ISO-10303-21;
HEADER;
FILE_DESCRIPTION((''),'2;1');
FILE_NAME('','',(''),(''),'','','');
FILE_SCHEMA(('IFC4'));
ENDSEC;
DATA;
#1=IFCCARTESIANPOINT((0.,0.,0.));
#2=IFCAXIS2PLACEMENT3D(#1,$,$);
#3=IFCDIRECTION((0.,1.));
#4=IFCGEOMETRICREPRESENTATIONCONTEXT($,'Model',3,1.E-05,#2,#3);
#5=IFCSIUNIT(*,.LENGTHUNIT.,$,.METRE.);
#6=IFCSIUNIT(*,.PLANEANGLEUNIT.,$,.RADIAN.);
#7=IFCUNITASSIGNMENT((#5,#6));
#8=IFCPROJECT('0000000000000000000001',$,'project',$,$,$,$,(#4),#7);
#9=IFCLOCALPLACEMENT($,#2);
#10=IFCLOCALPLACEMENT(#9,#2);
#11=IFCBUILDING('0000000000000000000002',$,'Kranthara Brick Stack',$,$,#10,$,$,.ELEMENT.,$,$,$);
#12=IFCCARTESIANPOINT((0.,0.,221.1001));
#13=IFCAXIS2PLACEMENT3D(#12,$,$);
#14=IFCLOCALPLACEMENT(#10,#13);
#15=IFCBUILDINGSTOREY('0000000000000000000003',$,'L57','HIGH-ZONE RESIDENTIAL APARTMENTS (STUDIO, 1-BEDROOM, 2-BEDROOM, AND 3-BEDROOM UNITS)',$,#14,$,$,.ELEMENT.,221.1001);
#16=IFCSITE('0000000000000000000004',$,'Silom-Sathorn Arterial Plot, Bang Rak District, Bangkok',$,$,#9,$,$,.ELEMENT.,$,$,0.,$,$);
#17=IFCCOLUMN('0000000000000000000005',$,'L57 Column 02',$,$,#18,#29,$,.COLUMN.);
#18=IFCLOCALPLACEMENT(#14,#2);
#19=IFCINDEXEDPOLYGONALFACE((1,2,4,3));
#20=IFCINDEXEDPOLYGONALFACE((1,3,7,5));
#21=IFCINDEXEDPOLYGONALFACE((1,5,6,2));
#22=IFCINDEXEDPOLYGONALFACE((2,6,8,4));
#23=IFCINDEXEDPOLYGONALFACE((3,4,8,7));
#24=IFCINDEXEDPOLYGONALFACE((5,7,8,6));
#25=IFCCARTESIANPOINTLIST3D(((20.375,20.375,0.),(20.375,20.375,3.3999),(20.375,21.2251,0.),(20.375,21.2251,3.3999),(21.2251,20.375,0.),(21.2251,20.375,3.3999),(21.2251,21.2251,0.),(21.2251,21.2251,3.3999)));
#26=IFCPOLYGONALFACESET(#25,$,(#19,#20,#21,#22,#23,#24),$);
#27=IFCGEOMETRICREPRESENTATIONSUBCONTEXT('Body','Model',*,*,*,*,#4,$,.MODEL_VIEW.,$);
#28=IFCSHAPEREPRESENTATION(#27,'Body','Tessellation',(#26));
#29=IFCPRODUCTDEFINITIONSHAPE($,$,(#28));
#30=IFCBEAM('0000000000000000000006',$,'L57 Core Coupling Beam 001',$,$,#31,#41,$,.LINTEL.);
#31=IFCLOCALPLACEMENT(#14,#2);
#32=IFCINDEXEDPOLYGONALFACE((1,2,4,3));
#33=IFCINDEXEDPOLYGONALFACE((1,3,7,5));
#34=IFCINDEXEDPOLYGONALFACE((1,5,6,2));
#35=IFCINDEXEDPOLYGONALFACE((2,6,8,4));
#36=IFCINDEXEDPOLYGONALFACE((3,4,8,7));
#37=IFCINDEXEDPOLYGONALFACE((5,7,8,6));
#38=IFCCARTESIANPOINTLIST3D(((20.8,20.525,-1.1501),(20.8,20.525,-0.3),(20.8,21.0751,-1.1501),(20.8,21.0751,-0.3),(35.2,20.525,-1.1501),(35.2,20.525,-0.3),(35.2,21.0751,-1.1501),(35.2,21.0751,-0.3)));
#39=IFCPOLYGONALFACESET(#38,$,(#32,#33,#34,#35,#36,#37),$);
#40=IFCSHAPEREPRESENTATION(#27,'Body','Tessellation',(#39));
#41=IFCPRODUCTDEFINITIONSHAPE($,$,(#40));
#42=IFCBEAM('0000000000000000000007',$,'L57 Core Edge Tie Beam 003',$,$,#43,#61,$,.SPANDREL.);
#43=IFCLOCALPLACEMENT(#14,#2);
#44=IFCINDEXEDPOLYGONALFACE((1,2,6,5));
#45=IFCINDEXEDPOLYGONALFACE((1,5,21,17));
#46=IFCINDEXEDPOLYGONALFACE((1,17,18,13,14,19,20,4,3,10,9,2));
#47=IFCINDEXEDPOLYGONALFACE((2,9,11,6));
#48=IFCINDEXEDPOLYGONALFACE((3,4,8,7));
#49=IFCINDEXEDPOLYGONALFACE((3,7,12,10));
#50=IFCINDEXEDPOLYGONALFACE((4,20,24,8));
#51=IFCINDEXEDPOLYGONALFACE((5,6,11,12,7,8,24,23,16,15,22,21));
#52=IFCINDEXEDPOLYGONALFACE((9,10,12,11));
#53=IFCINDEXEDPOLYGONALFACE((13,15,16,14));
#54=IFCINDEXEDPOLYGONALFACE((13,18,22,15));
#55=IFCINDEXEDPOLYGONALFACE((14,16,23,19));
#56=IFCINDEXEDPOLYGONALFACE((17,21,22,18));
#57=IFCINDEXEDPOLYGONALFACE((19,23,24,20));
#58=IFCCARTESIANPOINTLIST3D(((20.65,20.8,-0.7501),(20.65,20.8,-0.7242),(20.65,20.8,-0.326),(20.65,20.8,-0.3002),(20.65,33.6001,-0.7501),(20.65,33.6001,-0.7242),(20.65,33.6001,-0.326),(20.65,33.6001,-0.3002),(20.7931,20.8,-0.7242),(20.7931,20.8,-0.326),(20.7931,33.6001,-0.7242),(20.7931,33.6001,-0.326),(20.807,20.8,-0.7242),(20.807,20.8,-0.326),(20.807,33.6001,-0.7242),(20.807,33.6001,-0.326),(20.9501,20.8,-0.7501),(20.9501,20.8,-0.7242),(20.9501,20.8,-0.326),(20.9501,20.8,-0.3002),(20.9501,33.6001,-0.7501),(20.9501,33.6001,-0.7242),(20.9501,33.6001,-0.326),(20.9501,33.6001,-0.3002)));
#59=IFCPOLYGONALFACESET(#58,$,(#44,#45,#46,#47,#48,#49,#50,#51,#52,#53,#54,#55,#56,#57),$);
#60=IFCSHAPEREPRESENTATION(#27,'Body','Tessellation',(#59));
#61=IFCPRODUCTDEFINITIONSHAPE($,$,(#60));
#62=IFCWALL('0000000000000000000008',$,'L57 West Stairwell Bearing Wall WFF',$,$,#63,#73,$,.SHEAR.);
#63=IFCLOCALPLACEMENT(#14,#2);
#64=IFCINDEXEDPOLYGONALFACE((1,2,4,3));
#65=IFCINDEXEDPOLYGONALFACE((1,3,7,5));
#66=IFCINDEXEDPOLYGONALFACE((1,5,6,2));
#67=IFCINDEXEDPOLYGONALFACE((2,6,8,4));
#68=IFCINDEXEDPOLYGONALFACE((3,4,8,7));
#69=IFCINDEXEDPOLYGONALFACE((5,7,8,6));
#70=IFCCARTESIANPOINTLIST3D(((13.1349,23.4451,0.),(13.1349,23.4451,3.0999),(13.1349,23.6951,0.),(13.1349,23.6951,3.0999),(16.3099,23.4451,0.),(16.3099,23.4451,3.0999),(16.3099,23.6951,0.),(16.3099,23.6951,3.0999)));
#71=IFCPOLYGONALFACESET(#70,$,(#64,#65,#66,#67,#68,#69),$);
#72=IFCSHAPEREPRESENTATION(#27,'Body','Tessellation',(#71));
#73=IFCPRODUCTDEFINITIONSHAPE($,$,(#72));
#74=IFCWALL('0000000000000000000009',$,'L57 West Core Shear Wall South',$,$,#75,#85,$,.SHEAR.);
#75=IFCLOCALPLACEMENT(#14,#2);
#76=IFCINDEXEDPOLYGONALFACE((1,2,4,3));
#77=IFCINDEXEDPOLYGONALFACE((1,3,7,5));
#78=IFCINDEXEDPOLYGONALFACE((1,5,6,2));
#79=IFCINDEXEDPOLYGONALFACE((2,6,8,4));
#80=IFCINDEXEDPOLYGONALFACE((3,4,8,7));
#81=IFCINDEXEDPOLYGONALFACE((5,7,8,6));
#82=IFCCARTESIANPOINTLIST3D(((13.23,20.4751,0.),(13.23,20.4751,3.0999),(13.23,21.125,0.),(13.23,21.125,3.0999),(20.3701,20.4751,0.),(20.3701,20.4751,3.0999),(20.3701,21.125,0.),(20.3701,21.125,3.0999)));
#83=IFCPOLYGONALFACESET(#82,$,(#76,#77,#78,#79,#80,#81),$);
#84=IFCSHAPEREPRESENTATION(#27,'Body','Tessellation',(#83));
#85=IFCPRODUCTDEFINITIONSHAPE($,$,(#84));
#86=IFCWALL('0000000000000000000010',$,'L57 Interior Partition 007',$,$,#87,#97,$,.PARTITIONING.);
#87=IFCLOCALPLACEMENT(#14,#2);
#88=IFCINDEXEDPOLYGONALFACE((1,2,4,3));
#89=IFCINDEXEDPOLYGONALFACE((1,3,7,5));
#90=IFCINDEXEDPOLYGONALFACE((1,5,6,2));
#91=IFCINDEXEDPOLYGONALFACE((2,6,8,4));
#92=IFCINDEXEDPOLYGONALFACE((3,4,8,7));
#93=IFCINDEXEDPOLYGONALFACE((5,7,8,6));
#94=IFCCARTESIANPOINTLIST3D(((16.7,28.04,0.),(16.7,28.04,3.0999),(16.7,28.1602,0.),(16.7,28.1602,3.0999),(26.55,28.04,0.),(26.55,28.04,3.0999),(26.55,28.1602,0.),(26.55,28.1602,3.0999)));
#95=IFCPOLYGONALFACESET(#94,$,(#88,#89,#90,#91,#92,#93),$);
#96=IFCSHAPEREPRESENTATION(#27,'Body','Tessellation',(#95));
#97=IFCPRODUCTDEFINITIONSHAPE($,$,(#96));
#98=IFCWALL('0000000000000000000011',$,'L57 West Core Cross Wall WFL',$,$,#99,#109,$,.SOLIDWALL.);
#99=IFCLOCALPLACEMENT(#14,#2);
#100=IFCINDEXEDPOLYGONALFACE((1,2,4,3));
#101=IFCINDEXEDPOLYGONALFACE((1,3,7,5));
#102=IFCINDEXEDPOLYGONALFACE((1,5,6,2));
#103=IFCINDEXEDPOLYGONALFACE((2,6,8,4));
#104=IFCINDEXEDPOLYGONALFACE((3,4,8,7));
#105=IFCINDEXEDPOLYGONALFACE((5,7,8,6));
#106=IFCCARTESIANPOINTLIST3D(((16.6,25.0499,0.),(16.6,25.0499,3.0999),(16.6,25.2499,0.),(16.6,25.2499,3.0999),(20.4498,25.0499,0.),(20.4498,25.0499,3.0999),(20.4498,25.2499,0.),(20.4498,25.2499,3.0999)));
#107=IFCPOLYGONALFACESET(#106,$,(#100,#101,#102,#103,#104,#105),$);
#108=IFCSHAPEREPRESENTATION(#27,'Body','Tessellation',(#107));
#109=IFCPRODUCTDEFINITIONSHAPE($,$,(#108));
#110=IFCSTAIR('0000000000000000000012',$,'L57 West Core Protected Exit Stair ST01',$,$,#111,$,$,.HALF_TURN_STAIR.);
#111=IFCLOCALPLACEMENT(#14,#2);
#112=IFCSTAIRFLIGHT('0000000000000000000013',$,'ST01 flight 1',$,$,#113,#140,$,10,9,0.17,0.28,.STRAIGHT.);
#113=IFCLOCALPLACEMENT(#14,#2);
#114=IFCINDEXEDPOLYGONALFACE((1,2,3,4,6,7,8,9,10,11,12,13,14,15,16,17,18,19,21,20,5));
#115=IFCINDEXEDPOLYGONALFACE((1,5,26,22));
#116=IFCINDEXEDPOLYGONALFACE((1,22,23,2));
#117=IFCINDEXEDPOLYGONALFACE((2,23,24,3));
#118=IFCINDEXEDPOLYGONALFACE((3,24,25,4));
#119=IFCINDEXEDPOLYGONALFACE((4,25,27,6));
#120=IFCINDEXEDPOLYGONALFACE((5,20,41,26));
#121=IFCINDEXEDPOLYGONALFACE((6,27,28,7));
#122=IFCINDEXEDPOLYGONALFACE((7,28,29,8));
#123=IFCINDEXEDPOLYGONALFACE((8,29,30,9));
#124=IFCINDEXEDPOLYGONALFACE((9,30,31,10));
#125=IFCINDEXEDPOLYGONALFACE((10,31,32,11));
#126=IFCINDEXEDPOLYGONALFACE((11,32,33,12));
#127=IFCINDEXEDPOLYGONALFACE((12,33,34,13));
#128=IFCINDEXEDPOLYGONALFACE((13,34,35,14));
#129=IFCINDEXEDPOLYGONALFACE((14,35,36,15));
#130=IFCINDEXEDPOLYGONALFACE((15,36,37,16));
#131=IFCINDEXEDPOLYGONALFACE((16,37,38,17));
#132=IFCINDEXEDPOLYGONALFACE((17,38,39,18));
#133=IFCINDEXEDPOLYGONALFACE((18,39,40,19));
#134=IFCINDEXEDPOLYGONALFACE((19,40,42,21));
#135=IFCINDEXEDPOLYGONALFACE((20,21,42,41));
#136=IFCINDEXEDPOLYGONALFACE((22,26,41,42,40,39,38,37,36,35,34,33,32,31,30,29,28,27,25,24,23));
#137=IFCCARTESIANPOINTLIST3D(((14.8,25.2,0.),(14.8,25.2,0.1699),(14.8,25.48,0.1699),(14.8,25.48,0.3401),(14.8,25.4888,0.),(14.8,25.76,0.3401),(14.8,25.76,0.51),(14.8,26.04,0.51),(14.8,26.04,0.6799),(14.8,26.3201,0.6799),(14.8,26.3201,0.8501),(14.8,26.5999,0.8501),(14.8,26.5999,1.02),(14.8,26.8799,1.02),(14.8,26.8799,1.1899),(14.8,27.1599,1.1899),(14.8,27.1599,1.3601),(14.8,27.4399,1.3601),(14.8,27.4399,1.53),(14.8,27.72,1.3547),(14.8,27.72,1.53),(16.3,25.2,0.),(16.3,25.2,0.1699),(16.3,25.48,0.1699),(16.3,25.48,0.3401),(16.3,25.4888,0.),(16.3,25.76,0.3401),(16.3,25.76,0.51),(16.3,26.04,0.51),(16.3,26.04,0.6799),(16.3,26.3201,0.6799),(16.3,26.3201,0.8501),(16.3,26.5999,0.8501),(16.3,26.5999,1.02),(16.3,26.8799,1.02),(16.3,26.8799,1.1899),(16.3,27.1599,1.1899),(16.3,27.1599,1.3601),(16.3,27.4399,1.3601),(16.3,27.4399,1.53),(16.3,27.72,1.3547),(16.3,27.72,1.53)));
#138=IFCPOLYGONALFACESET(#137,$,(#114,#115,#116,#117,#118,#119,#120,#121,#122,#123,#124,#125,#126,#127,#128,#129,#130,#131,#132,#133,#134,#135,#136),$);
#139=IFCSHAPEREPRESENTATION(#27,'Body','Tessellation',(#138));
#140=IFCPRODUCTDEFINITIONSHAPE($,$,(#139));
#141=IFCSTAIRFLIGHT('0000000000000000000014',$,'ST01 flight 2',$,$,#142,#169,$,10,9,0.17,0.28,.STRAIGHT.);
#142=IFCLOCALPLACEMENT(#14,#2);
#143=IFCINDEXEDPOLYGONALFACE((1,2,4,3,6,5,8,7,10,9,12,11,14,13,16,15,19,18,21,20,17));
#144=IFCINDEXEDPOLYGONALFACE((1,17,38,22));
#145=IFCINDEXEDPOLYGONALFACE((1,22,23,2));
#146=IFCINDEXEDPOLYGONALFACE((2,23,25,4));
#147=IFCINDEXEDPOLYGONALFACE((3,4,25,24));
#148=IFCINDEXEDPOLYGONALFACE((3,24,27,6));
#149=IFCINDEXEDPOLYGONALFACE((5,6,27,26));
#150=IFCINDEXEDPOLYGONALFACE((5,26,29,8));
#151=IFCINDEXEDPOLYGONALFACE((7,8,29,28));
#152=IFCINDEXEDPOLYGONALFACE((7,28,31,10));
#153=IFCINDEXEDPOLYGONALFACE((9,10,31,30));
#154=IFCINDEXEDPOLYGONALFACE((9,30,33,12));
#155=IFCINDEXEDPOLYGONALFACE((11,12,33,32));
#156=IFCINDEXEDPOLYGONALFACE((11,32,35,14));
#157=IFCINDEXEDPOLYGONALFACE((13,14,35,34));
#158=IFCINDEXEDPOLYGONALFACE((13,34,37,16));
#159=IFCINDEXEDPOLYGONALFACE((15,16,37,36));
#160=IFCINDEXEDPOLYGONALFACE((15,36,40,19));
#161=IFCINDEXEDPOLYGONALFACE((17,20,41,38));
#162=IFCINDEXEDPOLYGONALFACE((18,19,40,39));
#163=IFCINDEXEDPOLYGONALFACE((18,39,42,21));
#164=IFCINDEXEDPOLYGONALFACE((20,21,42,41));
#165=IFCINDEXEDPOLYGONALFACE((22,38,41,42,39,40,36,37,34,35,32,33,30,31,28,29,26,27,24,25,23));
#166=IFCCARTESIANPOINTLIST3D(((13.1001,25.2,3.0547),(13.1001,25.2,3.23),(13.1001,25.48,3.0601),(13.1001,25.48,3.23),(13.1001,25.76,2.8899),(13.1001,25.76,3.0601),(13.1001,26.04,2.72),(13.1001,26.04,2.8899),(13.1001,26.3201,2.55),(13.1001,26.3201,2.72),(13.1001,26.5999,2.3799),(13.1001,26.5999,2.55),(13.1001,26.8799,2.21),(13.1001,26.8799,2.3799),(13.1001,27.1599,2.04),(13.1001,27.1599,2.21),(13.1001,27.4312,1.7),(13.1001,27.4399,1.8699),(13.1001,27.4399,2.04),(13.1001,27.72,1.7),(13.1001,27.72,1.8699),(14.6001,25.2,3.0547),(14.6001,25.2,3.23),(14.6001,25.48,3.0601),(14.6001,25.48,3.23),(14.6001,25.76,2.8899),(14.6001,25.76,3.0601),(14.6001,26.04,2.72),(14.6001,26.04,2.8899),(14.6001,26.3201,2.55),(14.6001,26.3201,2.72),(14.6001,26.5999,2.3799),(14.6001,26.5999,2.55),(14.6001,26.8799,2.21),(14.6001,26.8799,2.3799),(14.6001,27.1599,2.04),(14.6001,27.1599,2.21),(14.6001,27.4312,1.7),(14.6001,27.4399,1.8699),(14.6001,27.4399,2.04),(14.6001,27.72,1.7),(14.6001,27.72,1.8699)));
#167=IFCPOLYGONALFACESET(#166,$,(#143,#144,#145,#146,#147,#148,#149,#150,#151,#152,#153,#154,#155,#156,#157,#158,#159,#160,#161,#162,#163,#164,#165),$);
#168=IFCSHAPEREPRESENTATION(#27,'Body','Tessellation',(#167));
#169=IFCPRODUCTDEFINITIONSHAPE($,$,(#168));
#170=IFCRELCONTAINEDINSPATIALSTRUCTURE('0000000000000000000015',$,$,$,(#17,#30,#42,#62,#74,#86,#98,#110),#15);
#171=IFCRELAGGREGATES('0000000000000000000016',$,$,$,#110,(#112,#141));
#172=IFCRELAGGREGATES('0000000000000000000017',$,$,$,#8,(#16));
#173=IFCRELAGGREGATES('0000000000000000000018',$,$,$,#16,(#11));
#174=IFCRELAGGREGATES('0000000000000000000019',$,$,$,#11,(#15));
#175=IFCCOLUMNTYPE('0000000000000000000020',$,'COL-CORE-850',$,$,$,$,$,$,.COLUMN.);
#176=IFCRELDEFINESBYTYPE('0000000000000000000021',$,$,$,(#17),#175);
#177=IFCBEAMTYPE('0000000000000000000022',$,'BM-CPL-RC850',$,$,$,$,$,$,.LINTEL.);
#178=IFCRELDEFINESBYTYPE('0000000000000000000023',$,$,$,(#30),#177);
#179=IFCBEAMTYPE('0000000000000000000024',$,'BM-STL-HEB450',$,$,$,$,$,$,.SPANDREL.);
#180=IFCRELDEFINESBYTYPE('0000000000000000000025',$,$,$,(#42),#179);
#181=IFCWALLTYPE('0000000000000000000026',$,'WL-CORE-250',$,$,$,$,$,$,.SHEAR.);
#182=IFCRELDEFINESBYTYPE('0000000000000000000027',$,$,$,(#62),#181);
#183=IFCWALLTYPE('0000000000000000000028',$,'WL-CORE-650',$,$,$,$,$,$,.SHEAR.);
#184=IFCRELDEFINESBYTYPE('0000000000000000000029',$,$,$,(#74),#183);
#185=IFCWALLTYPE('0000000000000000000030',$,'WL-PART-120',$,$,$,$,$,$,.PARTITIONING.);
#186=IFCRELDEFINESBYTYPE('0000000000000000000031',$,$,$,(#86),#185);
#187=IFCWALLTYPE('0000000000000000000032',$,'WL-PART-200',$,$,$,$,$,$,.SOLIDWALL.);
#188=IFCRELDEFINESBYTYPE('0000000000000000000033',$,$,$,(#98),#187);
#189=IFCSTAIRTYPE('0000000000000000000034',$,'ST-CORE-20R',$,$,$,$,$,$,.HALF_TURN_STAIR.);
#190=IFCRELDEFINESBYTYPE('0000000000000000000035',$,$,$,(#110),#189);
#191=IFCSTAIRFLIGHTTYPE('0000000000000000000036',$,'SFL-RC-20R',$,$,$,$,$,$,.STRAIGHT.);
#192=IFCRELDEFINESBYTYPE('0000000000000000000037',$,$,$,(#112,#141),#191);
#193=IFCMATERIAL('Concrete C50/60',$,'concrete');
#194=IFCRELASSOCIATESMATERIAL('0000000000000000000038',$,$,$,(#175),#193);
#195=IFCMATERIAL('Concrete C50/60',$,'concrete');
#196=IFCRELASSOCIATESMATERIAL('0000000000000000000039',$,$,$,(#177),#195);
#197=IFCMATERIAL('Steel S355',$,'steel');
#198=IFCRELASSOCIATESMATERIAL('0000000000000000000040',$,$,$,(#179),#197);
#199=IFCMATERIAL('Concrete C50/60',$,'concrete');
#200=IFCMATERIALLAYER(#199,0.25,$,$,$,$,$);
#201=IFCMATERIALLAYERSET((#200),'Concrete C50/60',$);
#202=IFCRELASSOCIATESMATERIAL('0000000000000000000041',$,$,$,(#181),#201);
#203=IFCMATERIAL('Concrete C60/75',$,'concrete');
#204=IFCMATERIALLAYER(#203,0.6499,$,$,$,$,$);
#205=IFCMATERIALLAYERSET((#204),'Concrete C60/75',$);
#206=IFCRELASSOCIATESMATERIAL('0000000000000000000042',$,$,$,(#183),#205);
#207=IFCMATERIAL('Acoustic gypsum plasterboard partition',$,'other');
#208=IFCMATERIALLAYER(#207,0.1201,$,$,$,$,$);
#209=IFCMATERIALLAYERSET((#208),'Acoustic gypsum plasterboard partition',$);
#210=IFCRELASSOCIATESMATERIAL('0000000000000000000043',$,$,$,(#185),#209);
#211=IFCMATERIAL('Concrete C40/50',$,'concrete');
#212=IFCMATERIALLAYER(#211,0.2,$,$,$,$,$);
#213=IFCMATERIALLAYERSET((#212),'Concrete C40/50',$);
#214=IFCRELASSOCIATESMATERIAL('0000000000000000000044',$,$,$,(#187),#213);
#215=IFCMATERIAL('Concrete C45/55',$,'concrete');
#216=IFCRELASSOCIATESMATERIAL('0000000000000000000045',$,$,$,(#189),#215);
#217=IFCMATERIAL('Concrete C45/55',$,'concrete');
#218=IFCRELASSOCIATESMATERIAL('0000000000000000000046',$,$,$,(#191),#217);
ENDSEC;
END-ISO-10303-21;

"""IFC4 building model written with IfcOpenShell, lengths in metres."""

from ifc_helpers import new_model, si_unit, direction, frame, frame_2d, origin, origin_2d, place, context, subcontext, project, spatial, polyline, rectangle, i_section, outline, extrude, material, layer, layer_set, material_profile, profile_set, type_object, element, aggregate, save


model = new_model("IFC4")

# Units and contexts
model_context = context("Model", 3, precision=1e-05, world=origin(), true_north=direction((0.0, 1.0)))
body_context = subcontext(model_context, "Body", "Model", "MODEL_VIEW")
ifc_project = project(units=[si_unit("LENGTHUNIT", "METRE"), si_unit("PLANEANGLEUNIT", "RADIAN")], contexts=[model_context])

# Site, building, storey
site_placement = place(None, origin())
site = spatial("IfcSite", under=ifc_project, at=site_placement, Name="Silom-Sathorn Arterial Plot, Bang Rak District, Bangkok", CompositionType="ELEMENT", RefElevation=0.0)
building_placement = place(site_placement, origin())
building = spatial("IfcBuilding", under=site, at=building_placement, Name="Kranthara Brick Stack", CompositionType="ELEMENT")
storey_placement = place(building_placement, frame((0.0, 0.0, 221.1001)))
storey = spatial("IfcBuildingStorey", under=building, at=storey_placement, Name="L57", Description="HIGH-ZONE RESIDENTIAL APARTMENTS (STUDIO, 1-BEDROOM, 2-BEDROOM, AND 3-BEDROOM UNITS)", CompositionType="ELEMENT", Elevation=221.1001)

# Column
ifc_material_1 = material(Name="Concrete C50/60", Category="concrete")
ifc_material_profile_1 = material_profile(ifc_material_1, rectangle(XDim=0.8501, YDim=0.8501, at=origin_2d()), Name="RC 850x850")
ifc_profile_set_1 = profile_set([ifc_material_profile_1], Name="Concrete C50/60")
column_type = type_object("IfcColumnType", Name="COL-CORE-850", PredefinedType="COLUMN", material=ifc_profile_set_1)
column_placement = place(storey_placement, frame((20.8, 20.8, 0.0), z_axis=(0.0, 0.0, 1.0), x_axis=(1.0, 0.0, 0.0)))
element("IfcColumn", 1, at=column_placement, inside=storey, type_object=column_type, Name="L57 Column 02", PredefinedType="COLUMN", context=body_context, shape_type="SweptSolid", body=[
    extrude(rectangle(XDim=0.8501, YDim=0.8501, at=origin_2d()), origin(), (0.0, 0.0, 1.0), 3.3999),
])

# Beams
ifc_material_2 = material(Name="Concrete C50/60", Category="concrete")
ifc_material_profile_2 = material_profile(ifc_material_2, rectangle(XDim=0.55, YDim=0.8501, at=origin_2d()), Name="RC 550x850")
ifc_profile_set_2 = profile_set([ifc_material_profile_2], Name="Concrete C50/60")
beam_type_1 = type_object("IfcBeamType", Name="BM-CPL-RC850", PredefinedType="LINTEL", material=ifc_profile_set_2)
beam_1_placement = place(storey_placement, frame((20.8, 20.8, -0.7251), z_axis=(1.0, 0.0, 0.0), x_axis=(0.0, 1.0, 0.0)))
element("IfcBeam", 2, at=beam_1_placement, inside=storey, type_object=beam_type_1, Name="L57 Core Coupling Beam 001", PredefinedType="LINTEL", context=body_context, shape_type="SweptSolid", body=[
    extrude(rectangle(XDim=0.55, YDim=0.8501, at=origin_2d()), origin(), (0.0, 0.0, 1.0), 14.3999),
])
ifc_material_3 = material(Name="Steel S355", Category="steel")
ifc_material_profile_3 = material_profile(ifc_material_3, i_section(OverallWidth=0.3, OverallDepth=0.45, WebThickness=0.0139, FlangeThickness=0.0259, at=origin_2d()), Name="HEB 450")
ifc_profile_set_3 = profile_set([ifc_material_profile_3], Name="Steel S355")
beam_type_2 = type_object("IfcBeamType", Name="BM-STL-HEB450", PredefinedType="SPANDREL", material=ifc_profile_set_3)
beam_2_placement = place(storey_placement, frame((20.8, 20.8, -0.5251), z_axis=(0.0, 1.0, 0.0), x_axis=(-1.0, 0.0, 0.0)))
element("IfcBeam", 3, at=beam_2_placement, inside=storey, type_object=beam_type_2, Name="L57 Core Edge Tie Beam 003", PredefinedType="SPANDREL", context=body_context, shape_type="SweptSolid", body=[
    extrude(i_section(OverallWidth=0.3, OverallDepth=0.45, WebThickness=0.0139, FlangeThickness=0.0259, at=origin_2d()), origin(), (0.0, 0.0, 1.0), 12.8),
])

# Shared definitions
ifc_material_4 = material(Name="Concrete C50/60", Category="concrete")
ifc_layer_1 = layer(ifc_material_4, 0.25)
ifc_layer_set_1 = layer_set([ifc_layer_1], Name="Concrete C50/60")
wall_type_1 = type_object("IfcWallType", Name="WL-CORE-250", PredefinedType="SHEAR", material=ifc_layer_set_1)

# Walls
wall_1_placement = place(storey_placement, frame((13.135, 23.5701, 0.0), z_axis=(0.0, 0.0, 1.0), x_axis=(1.0, 0.0, 0.0)))
element("IfcWall", 4, at=wall_1_placement, inside=storey, type_object=wall_type_1, Name="L57 West Stairwell Bearing Wall WFF", PredefinedType="SHEAR", context=body_context, shape_type="SweptSolid", body=[
    extrude(rectangle(XDim=3.175, YDim=0.25, at=frame_2d((1.5874, 0.0))), origin(), (0.0, 0.0, 1.0), 3.0999),
])
ifc_material_5 = material(Name="Concrete C60/75", Category="concrete")
ifc_layer_2 = layer(ifc_material_5, 0.6499)
ifc_layer_set_2 = layer_set([ifc_layer_2], Name="Concrete C60/75")
wall_type_2 = type_object("IfcWallType", Name="WL-CORE-650", PredefinedType="SHEAR", material=ifc_layer_set_2)
wall_2_placement = place(storey_placement, frame((13.23, 20.8, 0.0), z_axis=(0.0, 0.0, 1.0), x_axis=(1.0, 0.0, 0.0)))
element("IfcWall", 5, at=wall_2_placement, inside=storey, type_object=wall_type_2, Name="L57 West Core Shear Wall South", PredefinedType="SHEAR", context=body_context, shape_type="SweptSolid", body=[
    extrude(rectangle(XDim=7.1401, YDim=0.6499, at=frame_2d((3.5701, 0.0))), origin(), (0.0, 0.0, 1.0), 3.0999),
])

# Walls
ifc_material_6 = material(Name="Acoustic gypsum plasterboard partition", Category="other")
ifc_layer_3 = layer(ifc_material_6, 0.1201)
ifc_layer_set_3 = layer_set([ifc_layer_3], Name="Acoustic gypsum plasterboard partition")
wall_type_3 = type_object("IfcWallType", Name="WL-PART-120", PredefinedType="PARTITIONING", material=ifc_layer_set_3)
wall_3_placement = place(storey_placement, frame((16.7, 28.1001, 0.0), z_axis=(0.0, 0.0, 1.0), x_axis=(1.0, 0.0, 0.0)))
element("IfcWall", 6, at=wall_3_placement, inside=storey, type_object=wall_type_3, Name="L57 Interior Partition 007", PredefinedType="PARTITIONING", context=body_context, shape_type="SweptSolid", body=[
    extrude(rectangle(XDim=9.8501, YDim=0.1201, at=frame_2d((4.925, 0.0))), origin(), (0.0, 0.0, 1.0), 3.0999),
])
ifc_material_7 = material(Name="Concrete C40/50", Category="concrete")
ifc_layer_4 = layer(ifc_material_7, 0.2)
ifc_layer_set_4 = layer_set([ifc_layer_4], Name="Concrete C40/50")
wall_type_4 = type_object("IfcWallType", Name="WL-PART-200", PredefinedType="SOLIDWALL", material=ifc_layer_set_4)
wall_4_placement = place(storey_placement, frame((16.6001, 25.1499, 0.0), z_axis=(0.0, 0.0, 1.0), x_axis=(1.0, 0.0, 0.0)))
element("IfcWall", 7, at=wall_4_placement, inside=storey, type_object=wall_type_4, Name="L57 West Core Cross Wall WFL", PredefinedType="SOLIDWALL", context=body_context, shape_type="SweptSolid", body=[
    extrude(rectangle(XDim=3.8499, YDim=0.2, at=frame_2d((1.9248, 0.0))), origin(), (0.0, 0.0, 1.0), 3.0999),
])

# Stair, stair flights
ifc_material_8 = material(Name="Concrete C45/55", Category="concrete")
stair_type = type_object("IfcStairType", Name="ST-CORE-20R", PredefinedType="HALF_TURN_STAIR", material=ifc_material_8)
stair_placement = place(storey_placement, origin())
stair = element("IfcStair", 8, at=stair_placement, inside=storey, type_object=stair_type, Name="L57 West Core Protected Exit Stair ST01", PredefinedType="HALF_TURN_STAIR")
ifc_material_9 = material(Name="Concrete C45/55", Category="concrete")
stair_flight_type = type_object("IfcStairFlightType", Name="SFL-RC-20R", PredefinedType="STRAIGHT", material=ifc_material_9)
stair_flight_1_placement = place(storey_placement, frame((15.55, 25.2, 0.0), z_axis=(0.0, 0.0, 1.0), x_axis=(0.0, 1.0, 0.0)))
stair_flight_1 = element("IfcStairFlight", 9, at=stair_flight_1_placement, type_object=stair_flight_type, Name="ST01 flight 1", NumberOfRisers=10, NumberOfTreads=9, PredefinedType="STRAIGHT", RiserHeight=0.17, TreadLength=0.28, context=body_context, shape_type="SweptSolid", body=[
    extrude(outline(polyline([(0.0, 0.0), (0.0, 0.1699), (0.28, 0.1699), (0.28, 0.3401), (0.5601, 0.3401), (0.5601, 0.51), (0.8401, 0.51), (0.8401, 0.6799), (1.1201, 0.6799), (1.1201, 0.8501), (1.3999, 0.8501), (1.3999, 1.02), (1.6799, 1.02), (1.6799, 1.1899), (1.96, 1.1899), (1.96, 1.3601), (2.24, 1.3601), (2.24, 1.53), (2.52, 1.53), (2.52, 1.7), (2.52, 1.3547), (0.2888, 0.0), (0.0, 0.0)])), frame((0.0, 0.75, 0.0), z_axis=(0.0, -1.0, 0.0), x_axis=(1.0, 0.0, 0.0)), (0.0, 0.0, 1.0), 1.5),
])
stair_flight_2_placement = place(storey_placement, frame((13.8501, 27.72, 1.7), z_axis=(0.0, 0.0, 1.0), x_axis=(0.0, -1.0, 0.0)))
stair_flight_2 = element("IfcStairFlight", 10, at=stair_flight_2_placement, type_object=stair_flight_type, Name="ST01 flight 2", NumberOfRisers=10, NumberOfTreads=9, PredefinedType="STRAIGHT", RiserHeight=0.17, TreadLength=0.28, context=body_context, shape_type="SweptSolid", body=[
    extrude(outline(polyline([(0.0, 0.0), (0.0, 0.1699), (0.28, 0.1699), (0.28, 0.3401), (0.5601, 0.3401), (0.5601, 0.51), (0.8401, 0.51), (0.8401, 0.6799), (1.1201, 0.6799), (1.1201, 0.8501), (1.3999, 0.8501), (1.3999, 1.02), (1.6799, 1.02), (1.6799, 1.1899), (1.96, 1.1899), (1.96, 1.3601), (2.24, 1.3601), (2.24, 1.53), (2.52, 1.53), (2.52, 1.7), (2.52, 1.3547), (0.2888, 0.0), (0.0, 0.0)])), frame((0.0, 0.75, 0.0), z_axis=(0.0, -1.0, 0.0), x_axis=(1.0, 0.0, 0.0)), (0.0, 0.0, 1.0), 1.5),
])
aggregate(stair, [stair_flight_1, stair_flight_2])

save(model, "model.ifc")
